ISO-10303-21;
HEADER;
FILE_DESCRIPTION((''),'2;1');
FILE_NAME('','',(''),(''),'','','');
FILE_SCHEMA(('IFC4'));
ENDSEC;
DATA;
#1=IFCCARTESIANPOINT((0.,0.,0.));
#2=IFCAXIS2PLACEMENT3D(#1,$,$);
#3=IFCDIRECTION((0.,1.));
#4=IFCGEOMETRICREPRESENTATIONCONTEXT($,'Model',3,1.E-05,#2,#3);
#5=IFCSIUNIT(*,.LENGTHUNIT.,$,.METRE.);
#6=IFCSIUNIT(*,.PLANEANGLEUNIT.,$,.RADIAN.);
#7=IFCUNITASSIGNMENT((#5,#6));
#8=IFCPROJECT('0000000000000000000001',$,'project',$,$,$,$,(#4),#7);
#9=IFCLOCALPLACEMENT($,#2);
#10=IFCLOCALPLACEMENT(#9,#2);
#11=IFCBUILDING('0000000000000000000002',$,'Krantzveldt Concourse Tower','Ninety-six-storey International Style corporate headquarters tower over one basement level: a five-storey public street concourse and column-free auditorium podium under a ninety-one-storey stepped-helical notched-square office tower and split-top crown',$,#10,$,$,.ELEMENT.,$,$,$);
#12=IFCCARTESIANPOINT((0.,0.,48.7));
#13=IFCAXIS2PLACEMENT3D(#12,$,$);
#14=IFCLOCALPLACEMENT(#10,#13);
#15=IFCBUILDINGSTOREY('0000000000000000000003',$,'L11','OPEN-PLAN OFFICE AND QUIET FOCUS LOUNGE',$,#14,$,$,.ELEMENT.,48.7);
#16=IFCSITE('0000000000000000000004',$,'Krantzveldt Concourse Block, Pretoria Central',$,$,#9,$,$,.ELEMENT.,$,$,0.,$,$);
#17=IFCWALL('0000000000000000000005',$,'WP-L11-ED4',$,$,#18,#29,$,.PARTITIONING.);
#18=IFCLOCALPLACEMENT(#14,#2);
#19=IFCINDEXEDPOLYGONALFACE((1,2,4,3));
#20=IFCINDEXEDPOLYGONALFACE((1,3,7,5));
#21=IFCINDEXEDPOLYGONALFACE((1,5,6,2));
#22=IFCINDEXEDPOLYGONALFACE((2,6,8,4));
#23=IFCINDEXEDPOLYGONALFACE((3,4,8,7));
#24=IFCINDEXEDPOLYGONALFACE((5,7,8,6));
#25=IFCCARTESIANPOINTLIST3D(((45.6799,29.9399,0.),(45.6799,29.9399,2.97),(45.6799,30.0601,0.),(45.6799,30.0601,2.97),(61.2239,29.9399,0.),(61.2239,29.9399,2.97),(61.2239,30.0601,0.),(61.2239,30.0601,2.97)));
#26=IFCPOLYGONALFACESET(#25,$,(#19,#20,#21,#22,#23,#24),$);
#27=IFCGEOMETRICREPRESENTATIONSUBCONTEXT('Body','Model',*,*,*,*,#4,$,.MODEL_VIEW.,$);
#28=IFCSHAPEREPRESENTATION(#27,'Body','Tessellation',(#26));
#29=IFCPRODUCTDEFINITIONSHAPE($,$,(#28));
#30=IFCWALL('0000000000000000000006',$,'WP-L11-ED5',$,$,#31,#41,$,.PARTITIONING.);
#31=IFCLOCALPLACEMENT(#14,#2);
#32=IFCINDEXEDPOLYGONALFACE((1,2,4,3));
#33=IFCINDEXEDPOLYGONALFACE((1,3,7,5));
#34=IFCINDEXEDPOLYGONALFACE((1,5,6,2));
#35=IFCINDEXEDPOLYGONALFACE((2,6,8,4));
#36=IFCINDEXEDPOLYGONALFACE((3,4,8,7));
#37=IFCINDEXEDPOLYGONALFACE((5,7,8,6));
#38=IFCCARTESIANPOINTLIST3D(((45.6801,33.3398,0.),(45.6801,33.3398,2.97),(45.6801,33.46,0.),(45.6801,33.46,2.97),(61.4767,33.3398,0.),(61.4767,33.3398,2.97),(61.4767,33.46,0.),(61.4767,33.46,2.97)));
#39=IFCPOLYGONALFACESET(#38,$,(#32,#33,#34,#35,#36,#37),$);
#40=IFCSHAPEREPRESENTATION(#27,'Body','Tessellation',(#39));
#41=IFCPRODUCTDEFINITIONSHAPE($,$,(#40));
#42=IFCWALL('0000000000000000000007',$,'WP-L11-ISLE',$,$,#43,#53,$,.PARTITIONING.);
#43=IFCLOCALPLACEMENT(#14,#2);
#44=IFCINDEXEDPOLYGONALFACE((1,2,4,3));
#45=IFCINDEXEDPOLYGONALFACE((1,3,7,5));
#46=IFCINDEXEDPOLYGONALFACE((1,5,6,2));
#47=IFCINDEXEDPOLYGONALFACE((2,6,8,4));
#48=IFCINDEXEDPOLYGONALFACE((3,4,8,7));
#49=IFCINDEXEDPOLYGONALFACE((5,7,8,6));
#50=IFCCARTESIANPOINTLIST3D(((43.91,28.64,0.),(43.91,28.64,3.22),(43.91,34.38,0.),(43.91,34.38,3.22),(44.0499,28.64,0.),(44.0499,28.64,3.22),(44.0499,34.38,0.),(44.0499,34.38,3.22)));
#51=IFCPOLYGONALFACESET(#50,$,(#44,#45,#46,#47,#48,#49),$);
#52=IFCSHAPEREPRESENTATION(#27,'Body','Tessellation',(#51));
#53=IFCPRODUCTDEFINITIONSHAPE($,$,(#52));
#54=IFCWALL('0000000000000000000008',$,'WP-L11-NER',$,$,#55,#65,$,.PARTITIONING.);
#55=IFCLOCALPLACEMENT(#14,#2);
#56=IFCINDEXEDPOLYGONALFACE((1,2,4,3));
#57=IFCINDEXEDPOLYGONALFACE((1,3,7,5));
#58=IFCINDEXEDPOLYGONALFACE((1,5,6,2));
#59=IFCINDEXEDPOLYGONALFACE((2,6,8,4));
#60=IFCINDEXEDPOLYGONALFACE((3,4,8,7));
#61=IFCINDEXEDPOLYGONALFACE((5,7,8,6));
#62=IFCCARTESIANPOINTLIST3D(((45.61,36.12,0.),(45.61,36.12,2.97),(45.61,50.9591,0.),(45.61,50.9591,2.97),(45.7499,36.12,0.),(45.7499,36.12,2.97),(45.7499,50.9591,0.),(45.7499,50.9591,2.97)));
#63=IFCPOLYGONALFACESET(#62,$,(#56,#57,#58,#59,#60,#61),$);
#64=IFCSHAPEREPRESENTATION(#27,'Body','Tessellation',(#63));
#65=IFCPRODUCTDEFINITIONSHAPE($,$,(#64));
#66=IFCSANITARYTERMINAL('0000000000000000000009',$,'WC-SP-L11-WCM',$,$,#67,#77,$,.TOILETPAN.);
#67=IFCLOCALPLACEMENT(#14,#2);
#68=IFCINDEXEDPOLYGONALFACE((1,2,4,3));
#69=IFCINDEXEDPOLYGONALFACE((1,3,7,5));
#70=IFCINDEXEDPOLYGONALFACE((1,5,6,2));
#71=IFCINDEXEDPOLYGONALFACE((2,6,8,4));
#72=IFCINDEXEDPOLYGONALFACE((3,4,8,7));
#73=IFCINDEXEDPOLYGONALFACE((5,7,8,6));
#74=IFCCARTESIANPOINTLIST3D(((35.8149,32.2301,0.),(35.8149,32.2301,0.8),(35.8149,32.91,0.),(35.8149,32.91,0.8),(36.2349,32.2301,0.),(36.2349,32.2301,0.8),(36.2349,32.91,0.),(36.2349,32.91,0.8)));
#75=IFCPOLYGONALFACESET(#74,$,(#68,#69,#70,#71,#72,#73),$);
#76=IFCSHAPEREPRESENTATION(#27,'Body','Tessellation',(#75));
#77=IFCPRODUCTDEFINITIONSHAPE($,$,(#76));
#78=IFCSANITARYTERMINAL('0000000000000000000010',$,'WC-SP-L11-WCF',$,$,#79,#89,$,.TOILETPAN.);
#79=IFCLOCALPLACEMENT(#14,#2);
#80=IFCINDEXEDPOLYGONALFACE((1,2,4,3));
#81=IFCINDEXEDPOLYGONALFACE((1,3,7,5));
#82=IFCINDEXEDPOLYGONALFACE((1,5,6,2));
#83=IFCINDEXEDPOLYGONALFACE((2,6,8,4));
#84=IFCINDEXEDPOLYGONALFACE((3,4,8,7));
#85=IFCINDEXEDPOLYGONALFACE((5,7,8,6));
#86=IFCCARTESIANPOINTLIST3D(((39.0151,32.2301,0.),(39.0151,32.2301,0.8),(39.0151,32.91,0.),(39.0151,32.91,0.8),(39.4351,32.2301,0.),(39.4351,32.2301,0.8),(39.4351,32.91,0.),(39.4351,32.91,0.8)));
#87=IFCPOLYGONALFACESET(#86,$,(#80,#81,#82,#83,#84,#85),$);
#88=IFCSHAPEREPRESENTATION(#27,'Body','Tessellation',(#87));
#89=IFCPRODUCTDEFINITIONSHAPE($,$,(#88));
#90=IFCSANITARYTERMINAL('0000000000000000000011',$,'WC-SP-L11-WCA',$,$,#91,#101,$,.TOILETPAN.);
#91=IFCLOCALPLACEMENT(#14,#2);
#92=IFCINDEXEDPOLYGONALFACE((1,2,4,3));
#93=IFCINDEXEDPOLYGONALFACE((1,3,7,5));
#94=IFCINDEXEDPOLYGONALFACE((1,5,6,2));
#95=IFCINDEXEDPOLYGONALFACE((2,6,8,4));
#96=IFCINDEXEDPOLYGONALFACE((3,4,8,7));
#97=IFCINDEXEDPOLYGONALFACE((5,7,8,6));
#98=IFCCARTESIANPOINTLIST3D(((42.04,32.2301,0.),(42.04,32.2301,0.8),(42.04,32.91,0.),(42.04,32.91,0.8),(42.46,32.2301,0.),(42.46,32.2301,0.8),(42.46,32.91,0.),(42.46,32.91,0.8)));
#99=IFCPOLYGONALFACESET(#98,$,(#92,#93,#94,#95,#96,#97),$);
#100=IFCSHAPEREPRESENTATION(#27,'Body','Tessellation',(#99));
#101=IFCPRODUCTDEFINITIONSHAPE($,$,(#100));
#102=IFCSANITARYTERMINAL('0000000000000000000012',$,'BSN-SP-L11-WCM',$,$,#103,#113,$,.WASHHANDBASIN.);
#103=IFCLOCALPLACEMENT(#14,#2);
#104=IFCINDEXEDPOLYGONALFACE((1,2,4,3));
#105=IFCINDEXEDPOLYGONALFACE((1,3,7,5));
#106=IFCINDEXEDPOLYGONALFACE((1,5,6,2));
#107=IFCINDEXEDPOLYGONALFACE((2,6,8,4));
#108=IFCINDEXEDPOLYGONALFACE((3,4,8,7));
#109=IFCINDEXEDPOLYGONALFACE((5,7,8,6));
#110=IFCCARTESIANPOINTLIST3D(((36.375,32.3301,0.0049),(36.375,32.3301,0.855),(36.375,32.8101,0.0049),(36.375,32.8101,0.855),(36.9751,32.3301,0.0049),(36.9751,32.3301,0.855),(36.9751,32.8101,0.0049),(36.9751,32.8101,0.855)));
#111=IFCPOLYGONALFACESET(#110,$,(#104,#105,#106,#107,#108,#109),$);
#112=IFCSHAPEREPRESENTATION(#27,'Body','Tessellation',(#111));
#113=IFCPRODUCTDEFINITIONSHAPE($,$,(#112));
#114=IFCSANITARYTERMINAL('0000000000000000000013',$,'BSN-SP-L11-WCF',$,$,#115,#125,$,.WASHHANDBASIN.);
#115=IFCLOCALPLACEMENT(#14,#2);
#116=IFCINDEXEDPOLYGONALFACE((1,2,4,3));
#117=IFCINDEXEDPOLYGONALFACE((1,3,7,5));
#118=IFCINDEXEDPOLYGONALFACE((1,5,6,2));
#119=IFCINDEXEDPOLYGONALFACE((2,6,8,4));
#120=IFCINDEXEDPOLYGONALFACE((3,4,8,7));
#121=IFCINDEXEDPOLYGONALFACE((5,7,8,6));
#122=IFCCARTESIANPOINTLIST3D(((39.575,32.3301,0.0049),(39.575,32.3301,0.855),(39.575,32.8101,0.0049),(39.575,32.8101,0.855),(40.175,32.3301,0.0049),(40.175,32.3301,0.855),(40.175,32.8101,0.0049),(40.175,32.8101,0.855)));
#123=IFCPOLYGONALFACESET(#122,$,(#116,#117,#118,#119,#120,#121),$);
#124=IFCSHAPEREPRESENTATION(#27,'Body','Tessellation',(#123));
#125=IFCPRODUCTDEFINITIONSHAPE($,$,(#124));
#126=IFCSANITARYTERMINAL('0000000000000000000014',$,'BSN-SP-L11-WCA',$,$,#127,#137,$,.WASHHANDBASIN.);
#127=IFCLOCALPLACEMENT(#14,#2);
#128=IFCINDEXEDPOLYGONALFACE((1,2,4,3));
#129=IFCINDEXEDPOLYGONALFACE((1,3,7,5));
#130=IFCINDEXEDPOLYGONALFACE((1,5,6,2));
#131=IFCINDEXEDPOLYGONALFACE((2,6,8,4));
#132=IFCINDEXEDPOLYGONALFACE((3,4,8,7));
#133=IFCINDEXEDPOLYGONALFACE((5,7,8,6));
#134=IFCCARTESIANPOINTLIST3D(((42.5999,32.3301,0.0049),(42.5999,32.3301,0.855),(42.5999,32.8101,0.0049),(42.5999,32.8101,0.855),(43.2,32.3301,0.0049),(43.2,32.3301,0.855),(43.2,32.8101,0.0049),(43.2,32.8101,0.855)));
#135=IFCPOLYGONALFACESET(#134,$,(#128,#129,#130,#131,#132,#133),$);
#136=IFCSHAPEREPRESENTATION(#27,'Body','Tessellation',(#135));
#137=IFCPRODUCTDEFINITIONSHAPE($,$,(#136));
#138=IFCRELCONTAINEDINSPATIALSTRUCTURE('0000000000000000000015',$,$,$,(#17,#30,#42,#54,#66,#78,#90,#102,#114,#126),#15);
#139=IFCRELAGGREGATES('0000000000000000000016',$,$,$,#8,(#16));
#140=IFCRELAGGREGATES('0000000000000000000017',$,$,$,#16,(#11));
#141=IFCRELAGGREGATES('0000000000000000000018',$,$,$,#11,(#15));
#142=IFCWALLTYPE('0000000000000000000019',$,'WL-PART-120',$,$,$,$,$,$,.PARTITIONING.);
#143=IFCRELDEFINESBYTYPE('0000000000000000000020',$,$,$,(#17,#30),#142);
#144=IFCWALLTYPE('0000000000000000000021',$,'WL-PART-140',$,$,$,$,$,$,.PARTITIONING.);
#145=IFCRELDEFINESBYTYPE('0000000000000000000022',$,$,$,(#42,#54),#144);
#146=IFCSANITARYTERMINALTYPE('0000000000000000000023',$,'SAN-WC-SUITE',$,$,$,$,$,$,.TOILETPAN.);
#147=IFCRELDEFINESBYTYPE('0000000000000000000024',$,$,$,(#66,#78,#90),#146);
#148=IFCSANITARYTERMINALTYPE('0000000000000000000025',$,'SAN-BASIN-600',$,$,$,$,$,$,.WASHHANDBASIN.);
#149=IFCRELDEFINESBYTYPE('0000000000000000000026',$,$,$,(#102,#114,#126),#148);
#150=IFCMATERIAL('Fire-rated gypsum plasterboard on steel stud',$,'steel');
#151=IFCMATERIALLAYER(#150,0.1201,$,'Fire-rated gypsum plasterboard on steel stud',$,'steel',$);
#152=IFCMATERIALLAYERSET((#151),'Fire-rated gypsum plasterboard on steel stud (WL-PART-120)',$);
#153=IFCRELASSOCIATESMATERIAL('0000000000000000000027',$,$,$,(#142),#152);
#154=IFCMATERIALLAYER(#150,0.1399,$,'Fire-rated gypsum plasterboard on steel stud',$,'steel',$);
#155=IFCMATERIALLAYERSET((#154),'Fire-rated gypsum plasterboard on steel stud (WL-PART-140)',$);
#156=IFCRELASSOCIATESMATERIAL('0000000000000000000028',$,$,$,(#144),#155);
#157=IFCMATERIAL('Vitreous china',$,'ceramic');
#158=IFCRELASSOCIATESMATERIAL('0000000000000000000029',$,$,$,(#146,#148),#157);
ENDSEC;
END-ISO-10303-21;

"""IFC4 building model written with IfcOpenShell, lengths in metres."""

from ifc_helpers import new_model, si_unit, direction, frame, frame_2d, origin, origin_2d, place, context, subcontext, project, spatial, rectangle, extrude, source, transform, mapped, material, layer, layer_set, type_object, type_shapes, element, save


model = new_model("IFC4")

# Units and contexts
model_context = context("Model", 3, precision=1e-05, world=origin(), true_north=direction((0.0, 1.0)))
body_context = subcontext(model_context, "Body", "Model", "MODEL_VIEW")
ifc_project = project(units=[si_unit("LENGTHUNIT", "METRE"), si_unit("PLANEANGLEUNIT", "RADIAN")], contexts=[model_context])

# Site, building, storey
site_placement = place(None, origin())
site = spatial("IfcSite", under=ifc_project, at=site_placement, Name="Krantzveldt Concourse Block, Pretoria Central", CompositionType="ELEMENT", RefElevation=0.0)
building_placement = place(site_placement, origin())
building = spatial("IfcBuilding", under=site, at=building_placement, Name="Krantzveldt Concourse Tower", Description="Ninety-six-storey International Style corporate headquarters tower over one basement level: a five-storey public street concourse and column-free auditorium podium under a ninety-one-storey stepped-helical notched-square office tower and split-top crown", CompositionType="ELEMENT")
storey_placement = place(building_placement, frame((0.0, 0.0, 48.7)))
storey = spatial("IfcBuildingStorey", under=building, at=storey_placement, Name="L11", Description="OPEN-PLAN OFFICE AND QUIET FOCUS LOUNGE", CompositionType="ELEMENT", Elevation=48.7)

# Walls
ifc_material_1 = material(Name="Fire-rated gypsum plasterboard on steel stud", Category="steel")
ifc_layer_1 = layer(ifc_material_1, 0.1201, Name="Fire-rated gypsum plasterboard on steel stud", Category="steel")
ifc_layer_set_1 = layer_set([ifc_layer_1], Name="Fire-rated gypsum plasterboard on steel stud (WL-PART-120)")
wall_type_1 = type_object("IfcWallType", Name="WL-PART-120", PredefinedType="PARTITIONING", material=ifc_layer_set_1)
wall_1_placement = place(storey_placement, frame((45.6799, 30.0, 0.0), z_axis=(0.0, 0.0, 1.0), x_axis=(1.0, 0.0, 0.0)))
element("IfcWall", 1, at=wall_1_placement, inside=storey, type_object=wall_type_1, Name="WP-L11-ED4", PredefinedType="PARTITIONING", context=body_context, shape_type="SweptSolid", body=[
    extrude(rectangle(XDim=15.5439, YDim=0.1201, at=frame_2d((7.772, 0.0))), origin(), (0.0, 0.0, 1.0), 2.97),
])
wall_2_placement = place(storey_placement, frame((45.6799, 33.3999, 0.0), z_axis=(0.0, 0.0, 1.0), x_axis=(1.0, 0.0, 0.0)))
element("IfcWall", 2, at=wall_2_placement, inside=storey, type_object=wall_type_1, Name="WP-L11-ED5", PredefinedType="PARTITIONING", context=body_context, shape_type="SweptSolid", body=[
    extrude(rectangle(XDim=15.7966, YDim=0.1201, at=frame_2d((7.8984, 0.0))), origin(), (0.0, 0.0, 1.0), 2.97),
])
ifc_layer_2 = layer(ifc_material_1, 0.1399, Name="Fire-rated gypsum plasterboard on steel stud", Category="steel")
ifc_layer_set_2 = layer_set([ifc_layer_2], Name="Fire-rated gypsum plasterboard on steel stud (WL-PART-140)")
wall_type_2 = type_object("IfcWallType", Name="WL-PART-140", PredefinedType="PARTITIONING", material=ifc_layer_set_2)
wall_3_placement = place(storey_placement, frame((43.98, 28.6399, 0.0), z_axis=(0.0, 0.0, 1.0), x_axis=(0.0, 1.0, 0.0)))
element("IfcWall", 3, at=wall_3_placement, inside=storey, type_object=wall_type_2, Name="WP-L11-ISLE", PredefinedType="PARTITIONING", context=body_context, shape_type="SweptSolid", body=[
    extrude(rectangle(XDim=5.74, YDim=0.1399, at=frame_2d((2.8701, 0.0))), origin(), (0.0, 0.0, 1.0), 3.22),
])
wall_4_placement = place(storey_placement, frame((45.6799, 36.1201, 0.0), z_axis=(0.0, 0.0, 1.0), x_axis=(0.0, 1.0, 0.0)))
element("IfcWall", 4, at=wall_4_placement, inside=storey, type_object=wall_type_2, Name="WP-L11-NER", PredefinedType="PARTITIONING", context=body_context, shape_type="SweptSolid", body=[
    extrude(rectangle(XDim=14.8391, YDim=0.1399, at=frame_2d((7.4194, 0.0))), origin(), (0.0, 0.0, 1.0), 2.97),
])

# Sanitary terminals
ifc_material_2 = material(Name="Vitreous china", Category="ceramic")
sanitary_terminal_type_1 = type_object("IfcSanitaryTerminalType", Name="SAN-WC-SUITE", PredefinedType="TOILETPAN", material=ifc_material_2)
shared_shape_1 = source(origin(), body_context, "Body", "SweptSolid", [
    extrude(rectangle(XDim=0.4199, YDim=0.6799, at=origin_2d()), origin(), (0.0, 0.0, 1.0), 0.8),
])
type_shapes(sanitary_terminal_type_1, [shared_shape_1])
for number, where, z_axis, x_axis, name in (
    (5, (36.0249, 32.5701, 0.0), (0.0, 0.0, 1.0), (1.0, 0.0, 0.0), "WC-SP-L11-WCM"),
    (6, (39.2251, 32.5701, 0.0), (0.0, 0.0, 1.0), (1.0, 0.0, 0.0), "WC-SP-L11-WCF"),
    (7, (42.25, 32.5701, 0.0), (0.0, 0.0, 1.0), (1.0, 0.0, 0.0), "WC-SP-L11-WCA"),
):
    element("IfcSanitaryTerminal", number, at=place(storey_placement, frame(where, z_axis=z_axis, x_axis=x_axis)), inside=storey, type_object=sanitary_terminal_type_1, Name=name, PredefinedType="TOILETPAN", context=body_context, shape_type="MappedRepresentation", body=[
        mapped(shared_shape_1, transform((0.0, 0.0, 0.0), x_axis=(1.0, 0.0, 0.0), y_axis=(0.0, 1.0, 0.0), z_axis=(0.0, 0.0, 1.0), scale=1.0)),
    ])
sanitary_terminal_type_2 = type_object("IfcSanitaryTerminalType", Name="SAN-BASIN-600", PredefinedType="WASHHANDBASIN", material=ifc_material_2)
shared_shape_2 = source(origin(), body_context, "Body", "SweptSolid", [
    extrude(rectangle(XDim=0.6001, YDim=0.48, at=origin_2d()), origin(), (0.0, 0.0, 1.0), 0.8501),
])
type_shapes(sanitary_terminal_type_2, [shared_shape_2])
for number, where, z_axis, x_axis, name in (
    (8, (36.675, 32.5701, 0.0049), (0.0, 0.0, 1.0), (1.0, 0.0, 0.0), "BSN-SP-L11-WCM"),
    (9, (39.875, 32.5701, 0.0049), (0.0, 0.0, 1.0), (1.0, 0.0, 0.0), "BSN-SP-L11-WCF"),
    (10, (42.8999, 32.5701, 0.0049), (0.0, 0.0, 1.0), (1.0, 0.0, 0.0), "BSN-SP-L11-WCA"),
):
    element("IfcSanitaryTerminal", number, at=place(storey_placement, frame(where, z_axis=z_axis, x_axis=x_axis)), inside=storey, type_object=sanitary_terminal_type_2, Name=name, PredefinedType="WASHHANDBASIN", context=body_context, shape_type="MappedRepresentation", body=[
        mapped(shared_shape_2, transform((0.0, 0.0, 0.0), x_axis=(1.0, 0.0, 0.0), y_axis=(0.0, 1.0, 0.0), z_axis=(0.0, 0.0, 1.0), scale=1.0)),
    ])

save(model, "model.ifc")
